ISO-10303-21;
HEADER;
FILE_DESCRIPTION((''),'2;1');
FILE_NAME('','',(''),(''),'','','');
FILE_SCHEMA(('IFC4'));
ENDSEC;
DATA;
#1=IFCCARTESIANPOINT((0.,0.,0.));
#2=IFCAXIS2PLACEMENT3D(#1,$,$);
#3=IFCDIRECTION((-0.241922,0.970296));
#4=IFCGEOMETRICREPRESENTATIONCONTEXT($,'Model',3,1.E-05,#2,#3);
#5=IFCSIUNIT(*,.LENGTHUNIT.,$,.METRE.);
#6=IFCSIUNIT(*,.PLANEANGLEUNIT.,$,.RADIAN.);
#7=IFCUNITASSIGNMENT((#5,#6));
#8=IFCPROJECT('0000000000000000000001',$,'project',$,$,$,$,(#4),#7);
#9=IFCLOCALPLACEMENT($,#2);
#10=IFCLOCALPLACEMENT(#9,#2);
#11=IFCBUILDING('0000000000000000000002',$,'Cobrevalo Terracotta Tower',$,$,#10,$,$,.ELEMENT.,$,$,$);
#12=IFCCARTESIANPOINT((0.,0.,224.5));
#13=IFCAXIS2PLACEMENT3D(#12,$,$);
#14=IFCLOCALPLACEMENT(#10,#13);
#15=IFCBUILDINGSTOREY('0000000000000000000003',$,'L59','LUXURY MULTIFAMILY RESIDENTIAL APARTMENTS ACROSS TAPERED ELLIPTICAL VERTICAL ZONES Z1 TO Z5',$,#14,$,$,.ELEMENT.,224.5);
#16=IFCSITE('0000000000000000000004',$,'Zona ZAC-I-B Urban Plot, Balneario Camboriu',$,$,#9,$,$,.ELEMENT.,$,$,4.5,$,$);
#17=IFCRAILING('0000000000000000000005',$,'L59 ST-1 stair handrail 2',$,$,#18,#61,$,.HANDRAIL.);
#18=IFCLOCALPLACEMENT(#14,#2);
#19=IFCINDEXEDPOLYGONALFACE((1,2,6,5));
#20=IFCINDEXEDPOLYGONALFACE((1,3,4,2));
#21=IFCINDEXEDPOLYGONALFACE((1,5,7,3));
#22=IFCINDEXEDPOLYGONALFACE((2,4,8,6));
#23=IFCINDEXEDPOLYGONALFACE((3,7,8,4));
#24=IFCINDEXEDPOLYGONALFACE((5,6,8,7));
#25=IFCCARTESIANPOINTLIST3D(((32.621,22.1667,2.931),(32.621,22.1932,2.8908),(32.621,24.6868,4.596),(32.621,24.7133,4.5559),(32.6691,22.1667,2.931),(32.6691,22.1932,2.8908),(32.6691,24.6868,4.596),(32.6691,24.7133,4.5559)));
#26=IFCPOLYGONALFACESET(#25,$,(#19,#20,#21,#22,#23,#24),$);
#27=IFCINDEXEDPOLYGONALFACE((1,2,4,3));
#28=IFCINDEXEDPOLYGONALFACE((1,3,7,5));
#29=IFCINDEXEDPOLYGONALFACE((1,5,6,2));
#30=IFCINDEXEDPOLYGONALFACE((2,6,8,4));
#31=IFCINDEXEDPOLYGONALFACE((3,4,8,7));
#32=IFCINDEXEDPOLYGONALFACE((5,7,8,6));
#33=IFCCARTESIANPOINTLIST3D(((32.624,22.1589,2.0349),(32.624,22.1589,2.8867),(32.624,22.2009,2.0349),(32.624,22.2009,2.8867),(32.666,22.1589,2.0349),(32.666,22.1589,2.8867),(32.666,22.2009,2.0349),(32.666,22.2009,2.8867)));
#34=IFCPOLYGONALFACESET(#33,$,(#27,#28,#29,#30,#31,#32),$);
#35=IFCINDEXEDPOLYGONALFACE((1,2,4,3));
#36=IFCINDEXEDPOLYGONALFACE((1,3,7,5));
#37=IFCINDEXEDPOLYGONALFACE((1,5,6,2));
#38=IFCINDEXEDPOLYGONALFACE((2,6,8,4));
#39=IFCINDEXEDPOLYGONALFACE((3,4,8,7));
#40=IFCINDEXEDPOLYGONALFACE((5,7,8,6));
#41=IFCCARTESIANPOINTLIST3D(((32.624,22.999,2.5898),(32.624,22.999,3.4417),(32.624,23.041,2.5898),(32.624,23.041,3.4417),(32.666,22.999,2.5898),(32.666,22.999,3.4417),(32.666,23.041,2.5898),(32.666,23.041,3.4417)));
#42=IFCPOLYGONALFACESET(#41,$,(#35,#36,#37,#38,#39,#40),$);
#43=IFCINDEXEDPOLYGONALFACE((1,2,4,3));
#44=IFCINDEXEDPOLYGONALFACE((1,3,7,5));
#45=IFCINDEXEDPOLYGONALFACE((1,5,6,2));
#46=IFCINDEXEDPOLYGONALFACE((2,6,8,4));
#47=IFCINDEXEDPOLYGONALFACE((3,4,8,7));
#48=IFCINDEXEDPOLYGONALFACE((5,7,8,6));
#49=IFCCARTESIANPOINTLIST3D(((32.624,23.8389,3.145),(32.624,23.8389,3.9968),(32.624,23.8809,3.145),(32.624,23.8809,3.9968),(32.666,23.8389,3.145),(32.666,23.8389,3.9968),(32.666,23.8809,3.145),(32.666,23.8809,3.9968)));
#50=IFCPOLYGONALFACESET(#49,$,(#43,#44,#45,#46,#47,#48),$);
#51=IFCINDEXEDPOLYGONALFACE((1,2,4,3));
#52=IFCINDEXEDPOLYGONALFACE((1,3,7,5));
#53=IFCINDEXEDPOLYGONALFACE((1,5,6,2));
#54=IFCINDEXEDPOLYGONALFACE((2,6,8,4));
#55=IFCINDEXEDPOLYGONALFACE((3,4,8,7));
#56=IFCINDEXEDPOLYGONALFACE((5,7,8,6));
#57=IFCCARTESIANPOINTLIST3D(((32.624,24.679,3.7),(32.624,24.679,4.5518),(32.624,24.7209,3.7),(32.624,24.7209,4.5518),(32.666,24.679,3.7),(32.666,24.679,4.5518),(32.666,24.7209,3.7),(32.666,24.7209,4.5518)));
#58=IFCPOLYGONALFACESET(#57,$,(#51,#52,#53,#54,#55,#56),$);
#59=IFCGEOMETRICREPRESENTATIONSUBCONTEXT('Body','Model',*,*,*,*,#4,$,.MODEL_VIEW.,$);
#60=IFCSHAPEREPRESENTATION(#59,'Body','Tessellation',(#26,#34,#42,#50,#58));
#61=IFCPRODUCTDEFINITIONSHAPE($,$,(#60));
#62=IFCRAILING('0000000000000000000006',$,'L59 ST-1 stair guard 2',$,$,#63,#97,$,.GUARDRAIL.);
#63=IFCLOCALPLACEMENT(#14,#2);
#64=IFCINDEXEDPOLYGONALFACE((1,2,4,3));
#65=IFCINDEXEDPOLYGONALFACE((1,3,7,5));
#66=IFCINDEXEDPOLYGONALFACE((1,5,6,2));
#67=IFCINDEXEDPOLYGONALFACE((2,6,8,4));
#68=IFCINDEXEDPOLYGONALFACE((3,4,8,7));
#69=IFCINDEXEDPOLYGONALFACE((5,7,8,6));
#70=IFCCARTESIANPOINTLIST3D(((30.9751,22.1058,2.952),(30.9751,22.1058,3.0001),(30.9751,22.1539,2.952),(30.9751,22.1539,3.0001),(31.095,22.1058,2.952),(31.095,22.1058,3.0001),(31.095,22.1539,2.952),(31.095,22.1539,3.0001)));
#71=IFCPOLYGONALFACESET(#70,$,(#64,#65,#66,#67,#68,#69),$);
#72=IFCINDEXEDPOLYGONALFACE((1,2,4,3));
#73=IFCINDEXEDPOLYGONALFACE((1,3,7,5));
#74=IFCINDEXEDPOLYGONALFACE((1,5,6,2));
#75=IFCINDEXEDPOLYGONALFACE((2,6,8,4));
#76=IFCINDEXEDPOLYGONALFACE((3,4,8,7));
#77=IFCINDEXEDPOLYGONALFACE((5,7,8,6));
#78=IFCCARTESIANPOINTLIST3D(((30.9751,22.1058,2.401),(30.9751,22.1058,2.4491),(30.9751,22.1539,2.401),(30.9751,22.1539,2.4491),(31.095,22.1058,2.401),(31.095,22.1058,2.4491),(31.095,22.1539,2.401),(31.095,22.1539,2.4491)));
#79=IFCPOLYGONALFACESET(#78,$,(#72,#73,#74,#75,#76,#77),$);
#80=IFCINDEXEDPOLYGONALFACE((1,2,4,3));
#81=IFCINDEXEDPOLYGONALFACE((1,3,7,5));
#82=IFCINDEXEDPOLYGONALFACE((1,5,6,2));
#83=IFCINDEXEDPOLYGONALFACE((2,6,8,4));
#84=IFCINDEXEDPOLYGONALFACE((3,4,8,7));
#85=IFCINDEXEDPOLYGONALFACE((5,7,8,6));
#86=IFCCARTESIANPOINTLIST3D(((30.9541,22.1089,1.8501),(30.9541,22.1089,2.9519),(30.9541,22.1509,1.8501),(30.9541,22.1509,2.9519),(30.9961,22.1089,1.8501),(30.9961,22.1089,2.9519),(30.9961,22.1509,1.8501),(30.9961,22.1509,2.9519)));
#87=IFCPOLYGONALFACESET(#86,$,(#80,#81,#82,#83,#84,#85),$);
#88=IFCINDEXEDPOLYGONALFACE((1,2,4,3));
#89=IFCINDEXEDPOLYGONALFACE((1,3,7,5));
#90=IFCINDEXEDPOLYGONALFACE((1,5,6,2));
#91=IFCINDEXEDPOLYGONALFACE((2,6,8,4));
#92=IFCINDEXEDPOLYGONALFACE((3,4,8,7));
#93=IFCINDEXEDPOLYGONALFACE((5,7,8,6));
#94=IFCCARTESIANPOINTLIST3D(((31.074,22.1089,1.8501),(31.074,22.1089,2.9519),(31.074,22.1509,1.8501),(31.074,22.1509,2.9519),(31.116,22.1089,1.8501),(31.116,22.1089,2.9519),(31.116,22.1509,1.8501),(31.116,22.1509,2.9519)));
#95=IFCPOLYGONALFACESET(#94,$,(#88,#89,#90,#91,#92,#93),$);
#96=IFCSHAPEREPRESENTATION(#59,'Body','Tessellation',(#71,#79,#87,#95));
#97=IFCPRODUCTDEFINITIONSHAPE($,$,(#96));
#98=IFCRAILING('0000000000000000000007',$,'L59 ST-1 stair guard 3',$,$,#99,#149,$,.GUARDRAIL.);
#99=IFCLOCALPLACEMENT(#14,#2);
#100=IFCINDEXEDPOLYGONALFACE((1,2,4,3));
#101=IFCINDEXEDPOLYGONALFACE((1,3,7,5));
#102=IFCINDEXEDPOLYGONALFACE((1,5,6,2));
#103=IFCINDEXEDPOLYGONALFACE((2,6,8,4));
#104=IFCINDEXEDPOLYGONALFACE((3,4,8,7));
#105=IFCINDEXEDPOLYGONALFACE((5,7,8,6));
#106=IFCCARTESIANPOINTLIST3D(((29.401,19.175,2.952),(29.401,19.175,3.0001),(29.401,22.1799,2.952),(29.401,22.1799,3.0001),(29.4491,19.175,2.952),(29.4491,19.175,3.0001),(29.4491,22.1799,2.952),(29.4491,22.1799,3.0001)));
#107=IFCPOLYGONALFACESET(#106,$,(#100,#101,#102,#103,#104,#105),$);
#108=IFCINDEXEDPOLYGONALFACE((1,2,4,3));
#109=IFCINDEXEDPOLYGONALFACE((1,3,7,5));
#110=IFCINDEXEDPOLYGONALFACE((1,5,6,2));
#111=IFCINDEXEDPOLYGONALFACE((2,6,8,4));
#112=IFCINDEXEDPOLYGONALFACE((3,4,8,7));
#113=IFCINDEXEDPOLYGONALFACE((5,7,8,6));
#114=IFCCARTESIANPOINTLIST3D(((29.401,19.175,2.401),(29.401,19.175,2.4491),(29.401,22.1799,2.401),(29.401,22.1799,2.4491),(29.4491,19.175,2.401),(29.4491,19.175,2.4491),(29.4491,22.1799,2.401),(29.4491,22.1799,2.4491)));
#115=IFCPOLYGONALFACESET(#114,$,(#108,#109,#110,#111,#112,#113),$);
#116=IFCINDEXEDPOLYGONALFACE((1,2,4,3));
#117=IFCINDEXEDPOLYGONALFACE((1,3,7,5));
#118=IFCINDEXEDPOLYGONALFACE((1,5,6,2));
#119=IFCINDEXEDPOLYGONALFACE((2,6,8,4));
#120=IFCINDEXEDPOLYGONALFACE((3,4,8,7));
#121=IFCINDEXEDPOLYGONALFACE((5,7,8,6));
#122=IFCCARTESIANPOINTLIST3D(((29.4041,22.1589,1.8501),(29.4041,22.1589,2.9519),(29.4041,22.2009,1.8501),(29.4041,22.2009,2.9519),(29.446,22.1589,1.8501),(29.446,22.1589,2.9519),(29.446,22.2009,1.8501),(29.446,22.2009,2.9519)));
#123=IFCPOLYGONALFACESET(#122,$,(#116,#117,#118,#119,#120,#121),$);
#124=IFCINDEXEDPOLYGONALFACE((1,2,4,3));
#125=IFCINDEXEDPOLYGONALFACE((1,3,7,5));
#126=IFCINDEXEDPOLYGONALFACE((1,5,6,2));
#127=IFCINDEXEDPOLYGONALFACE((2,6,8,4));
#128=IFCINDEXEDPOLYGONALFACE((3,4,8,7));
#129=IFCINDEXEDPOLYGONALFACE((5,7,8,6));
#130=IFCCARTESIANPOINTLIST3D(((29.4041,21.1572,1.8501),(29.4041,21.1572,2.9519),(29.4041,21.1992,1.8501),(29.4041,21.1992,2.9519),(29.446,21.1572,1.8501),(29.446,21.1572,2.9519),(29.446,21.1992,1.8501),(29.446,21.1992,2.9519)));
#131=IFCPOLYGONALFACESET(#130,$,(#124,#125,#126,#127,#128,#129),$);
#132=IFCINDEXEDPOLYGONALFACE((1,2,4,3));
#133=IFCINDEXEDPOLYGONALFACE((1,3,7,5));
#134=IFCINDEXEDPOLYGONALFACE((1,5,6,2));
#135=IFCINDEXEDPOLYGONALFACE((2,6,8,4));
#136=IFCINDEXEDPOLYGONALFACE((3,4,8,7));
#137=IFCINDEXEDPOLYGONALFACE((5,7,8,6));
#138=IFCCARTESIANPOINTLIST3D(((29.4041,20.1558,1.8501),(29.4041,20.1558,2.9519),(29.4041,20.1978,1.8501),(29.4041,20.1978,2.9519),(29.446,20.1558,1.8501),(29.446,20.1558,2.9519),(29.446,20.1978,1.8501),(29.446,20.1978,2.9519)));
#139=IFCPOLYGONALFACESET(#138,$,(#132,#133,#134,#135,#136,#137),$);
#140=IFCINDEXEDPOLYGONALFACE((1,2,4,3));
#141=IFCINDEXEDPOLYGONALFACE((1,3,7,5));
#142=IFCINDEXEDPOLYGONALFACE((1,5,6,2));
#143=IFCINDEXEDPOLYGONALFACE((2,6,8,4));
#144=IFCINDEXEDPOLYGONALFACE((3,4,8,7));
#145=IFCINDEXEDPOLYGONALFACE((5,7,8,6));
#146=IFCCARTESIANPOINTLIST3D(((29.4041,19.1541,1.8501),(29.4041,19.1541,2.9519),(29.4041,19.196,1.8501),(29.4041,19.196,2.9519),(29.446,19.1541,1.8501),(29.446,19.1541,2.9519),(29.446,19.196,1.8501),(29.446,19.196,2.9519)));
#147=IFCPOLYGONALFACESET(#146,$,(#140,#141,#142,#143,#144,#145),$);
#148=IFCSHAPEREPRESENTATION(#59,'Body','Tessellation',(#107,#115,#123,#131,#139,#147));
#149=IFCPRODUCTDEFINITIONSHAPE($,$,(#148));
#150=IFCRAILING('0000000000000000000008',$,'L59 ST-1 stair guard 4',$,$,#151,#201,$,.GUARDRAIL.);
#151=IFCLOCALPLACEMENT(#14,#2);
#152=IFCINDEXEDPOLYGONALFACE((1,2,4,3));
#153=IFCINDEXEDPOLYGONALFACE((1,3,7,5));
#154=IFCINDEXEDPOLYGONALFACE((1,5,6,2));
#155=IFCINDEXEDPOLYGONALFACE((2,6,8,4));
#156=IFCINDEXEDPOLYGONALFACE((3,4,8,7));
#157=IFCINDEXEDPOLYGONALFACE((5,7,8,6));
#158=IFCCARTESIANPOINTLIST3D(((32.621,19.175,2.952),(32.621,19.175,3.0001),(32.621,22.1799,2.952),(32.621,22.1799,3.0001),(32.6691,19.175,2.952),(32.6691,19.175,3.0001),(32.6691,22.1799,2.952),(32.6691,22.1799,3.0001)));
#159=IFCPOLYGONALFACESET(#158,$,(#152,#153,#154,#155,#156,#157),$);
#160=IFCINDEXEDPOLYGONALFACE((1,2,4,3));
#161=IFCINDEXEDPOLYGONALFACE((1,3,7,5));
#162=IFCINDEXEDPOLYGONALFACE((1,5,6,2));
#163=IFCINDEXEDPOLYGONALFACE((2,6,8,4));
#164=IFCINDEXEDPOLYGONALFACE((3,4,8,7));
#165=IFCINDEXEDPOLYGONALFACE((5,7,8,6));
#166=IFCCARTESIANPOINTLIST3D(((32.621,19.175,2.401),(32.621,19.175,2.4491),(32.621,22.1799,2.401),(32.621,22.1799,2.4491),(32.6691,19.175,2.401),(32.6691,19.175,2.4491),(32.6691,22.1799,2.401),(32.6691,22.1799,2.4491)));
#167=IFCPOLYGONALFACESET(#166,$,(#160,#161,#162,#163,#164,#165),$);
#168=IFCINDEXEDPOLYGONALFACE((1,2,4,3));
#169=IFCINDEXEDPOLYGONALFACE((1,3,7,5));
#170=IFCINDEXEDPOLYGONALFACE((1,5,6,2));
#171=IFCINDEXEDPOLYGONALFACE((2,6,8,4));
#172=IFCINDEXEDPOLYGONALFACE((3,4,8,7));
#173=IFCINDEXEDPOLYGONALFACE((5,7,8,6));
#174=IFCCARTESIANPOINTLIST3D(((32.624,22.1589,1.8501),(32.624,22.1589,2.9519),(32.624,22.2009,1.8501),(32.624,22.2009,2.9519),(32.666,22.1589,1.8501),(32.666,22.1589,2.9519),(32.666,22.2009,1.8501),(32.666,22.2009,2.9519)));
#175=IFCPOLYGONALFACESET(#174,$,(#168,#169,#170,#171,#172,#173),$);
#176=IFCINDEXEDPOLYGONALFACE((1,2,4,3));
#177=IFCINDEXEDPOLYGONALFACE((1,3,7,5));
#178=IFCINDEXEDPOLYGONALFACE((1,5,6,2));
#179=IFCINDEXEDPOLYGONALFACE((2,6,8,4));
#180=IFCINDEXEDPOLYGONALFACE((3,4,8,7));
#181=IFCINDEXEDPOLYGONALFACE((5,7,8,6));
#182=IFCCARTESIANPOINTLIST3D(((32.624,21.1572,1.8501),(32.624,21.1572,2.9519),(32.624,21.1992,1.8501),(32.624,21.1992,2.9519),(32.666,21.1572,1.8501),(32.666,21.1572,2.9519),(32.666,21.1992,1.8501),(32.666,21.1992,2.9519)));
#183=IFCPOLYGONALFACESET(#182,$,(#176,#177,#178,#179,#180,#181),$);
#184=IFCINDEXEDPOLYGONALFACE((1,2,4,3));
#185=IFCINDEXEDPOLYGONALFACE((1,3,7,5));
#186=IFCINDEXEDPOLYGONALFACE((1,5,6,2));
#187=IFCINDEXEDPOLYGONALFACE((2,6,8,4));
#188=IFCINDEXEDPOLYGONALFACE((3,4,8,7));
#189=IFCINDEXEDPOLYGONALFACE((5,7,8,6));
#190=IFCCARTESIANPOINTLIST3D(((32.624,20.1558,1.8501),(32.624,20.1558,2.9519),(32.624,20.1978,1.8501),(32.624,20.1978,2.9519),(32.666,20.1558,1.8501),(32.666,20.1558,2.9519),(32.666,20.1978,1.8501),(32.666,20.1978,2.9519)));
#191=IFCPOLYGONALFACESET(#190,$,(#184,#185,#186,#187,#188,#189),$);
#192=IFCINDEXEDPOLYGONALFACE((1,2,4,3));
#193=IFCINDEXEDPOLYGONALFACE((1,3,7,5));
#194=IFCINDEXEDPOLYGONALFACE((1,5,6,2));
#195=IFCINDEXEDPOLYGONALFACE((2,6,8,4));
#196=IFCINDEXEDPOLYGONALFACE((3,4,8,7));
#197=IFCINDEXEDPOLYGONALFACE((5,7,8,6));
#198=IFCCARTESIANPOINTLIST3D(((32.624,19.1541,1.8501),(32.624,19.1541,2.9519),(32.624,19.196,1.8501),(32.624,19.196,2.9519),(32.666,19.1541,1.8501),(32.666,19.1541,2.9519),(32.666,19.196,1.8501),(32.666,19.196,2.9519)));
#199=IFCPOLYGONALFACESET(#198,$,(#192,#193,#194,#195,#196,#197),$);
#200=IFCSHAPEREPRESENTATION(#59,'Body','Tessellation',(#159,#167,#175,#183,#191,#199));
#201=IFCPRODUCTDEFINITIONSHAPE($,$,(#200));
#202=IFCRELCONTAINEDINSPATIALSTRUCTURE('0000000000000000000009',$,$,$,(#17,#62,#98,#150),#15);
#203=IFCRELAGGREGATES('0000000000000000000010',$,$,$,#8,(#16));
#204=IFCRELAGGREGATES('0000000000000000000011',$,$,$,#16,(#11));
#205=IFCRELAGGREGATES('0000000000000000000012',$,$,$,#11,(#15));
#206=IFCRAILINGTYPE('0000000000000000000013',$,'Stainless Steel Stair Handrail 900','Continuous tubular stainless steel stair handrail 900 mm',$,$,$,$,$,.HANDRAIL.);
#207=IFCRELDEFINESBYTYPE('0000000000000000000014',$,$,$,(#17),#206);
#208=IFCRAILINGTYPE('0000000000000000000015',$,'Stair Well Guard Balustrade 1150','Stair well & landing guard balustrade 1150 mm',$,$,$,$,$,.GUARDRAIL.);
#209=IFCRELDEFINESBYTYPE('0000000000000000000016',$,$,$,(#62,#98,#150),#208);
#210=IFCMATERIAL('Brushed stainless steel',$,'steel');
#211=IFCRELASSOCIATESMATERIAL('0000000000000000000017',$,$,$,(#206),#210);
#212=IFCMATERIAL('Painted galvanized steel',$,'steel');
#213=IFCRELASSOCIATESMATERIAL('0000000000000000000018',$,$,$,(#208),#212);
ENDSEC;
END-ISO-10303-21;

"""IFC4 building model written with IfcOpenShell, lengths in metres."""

from ifc_helpers import new_model, si_unit, direction, frame, origin, origin_2d, place, context, subcontext, project, spatial, rectangle, extrude, material, type_object, element, save


model = new_model("IFC4")

# Units and contexts
model_context = context("Model", 3, precision=1e-05, world=origin(), true_north=direction((-0.241922, 0.970296)))
body_context = subcontext(model_context, "Body", "Model", "MODEL_VIEW")
ifc_project = project(units=[si_unit("LENGTHUNIT", "METRE"), si_unit("PLANEANGLEUNIT", "RADIAN")], contexts=[model_context])

# Site, building, storey
site_placement = place(None, origin())
site = spatial("IfcSite", under=ifc_project, at=site_placement, Name="Zona ZAC-I-B Urban Plot, Balneario Camboriu", CompositionType="ELEMENT", RefElevation=4.5)
building_placement = place(site_placement, origin())
building = spatial("IfcBuilding", under=site, at=building_placement, Name="Cobrevalo Terracotta Tower", CompositionType="ELEMENT")
storey_placement = place(building_placement, frame((0.0, 0.0, 224.5)))
storey = spatial("IfcBuildingStorey", under=building, at=storey_placement, Name="L59", Description="LUXURY MULTIFAMILY RESIDENTIAL APARTMENTS ACROSS TAPERED ELLIPTICAL VERTICAL ZONES Z1 TO Z5", CompositionType="ELEMENT", Elevation=224.5)

# Railings
ifc_material_1 = material(Name="Brushed stainless steel", Category="steel")
railing_type_1 = type_object("IfcRailingType", Name="Stainless Steel Stair Handrail 900", Description="Continuous tubular stainless steel stair handrail 900 mm", PredefinedType="HANDRAIL", material=ifc_material_1)
railing_1_placement = place(storey_placement, frame((32.645, 22.1799, 2.0349)))
element("IfcRailing", 1, at=railing_1_placement, inside=storey, type_object=railing_type_1, Name="L59 ST-1 stair handrail 2", PredefinedType="HANDRAIL", context=body_context, shape_type="SweptSolid", body=[
    extrude(rectangle(XDim=0.0481, YDim=0.0481, at=origin_2d()), frame((0.0, 0.0, 0.876), z_axis=(0.0, 0.834331, 0.551263), x_axis=(-1.0, 0.0, 0.0)), (0.0, 0.0, 1.0), 3.0205),
    extrude(rectangle(XDim=0.042, YDim=0.042, at=origin_2d()), origin(), (0.0, 0.0, 1.0), 0.8518),
    extrude(rectangle(XDim=0.042, YDim=0.042, at=origin_2d()), frame((0.0, 0.8401, 0.5549)), (0.0, 0.0, 1.0), 0.8518),
    extrude(rectangle(XDim=0.042, YDim=0.042, at=origin_2d()), frame((0.0, 1.6799, 1.1101)), (0.0, 0.0, 1.0), 0.8518),
    extrude(rectangle(XDim=0.042, YDim=0.042, at=origin_2d()), frame((0.0, 2.52, 1.665)), (0.0, 0.0, 1.0), 0.8518),
])
ifc_material_2 = material(Name="Painted galvanized steel", Category="steel")
railing_type_2 = type_object("IfcRailingType", Name="Stair Well Guard Balustrade 1150", Description="Stair well & landing guard balustrade 1150 mm", PredefinedType="GUARDRAIL", material=ifc_material_2)
railing_2_placement = place(storey_placement, frame((30.9751, 22.1299, 1.8501)))
element("IfcRailing", 2, at=railing_2_placement, inside=storey, type_object=railing_type_2, Name="L59 ST-1 stair guard 2", PredefinedType="GUARDRAIL", context=body_context, shape_type="SweptSolid", body=[
    extrude(rectangle(XDim=0.0481, YDim=0.0481, at=origin_2d()), frame((0.0, 0.0, 1.126), z_axis=(1.0, 0.0, 0.0), x_axis=(0.0, 1.0, 0.0)), (0.0, 0.0, 1.0), 0.1199),
    extrude(rectangle(XDim=0.0481, YDim=0.0481, at=origin_2d()), frame((0.0, 0.0, 0.575), z_axis=(1.0, 0.0, 0.0), x_axis=(0.0, 1.0, 0.0)), (0.0, 0.0, 1.0), 0.1199),
    extrude(rectangle(XDim=0.042, YDim=0.042, at=origin_2d()), origin(), (0.0, 0.0, 1.0), 1.1018),
    extrude(rectangle(XDim=0.042, YDim=0.042, at=origin_2d()), frame((0.1199, 0.0, 0.0)), (0.0, 0.0, 1.0), 1.1018),
])
for number, where, name in (
    (3, (29.425, 22.1799, 1.8501), "L59 ST-1 stair guard 3"),
    (4, (32.645, 22.1799, 1.8501), "L59 ST-1 stair guard 4"),
):
    element("IfcRailing", number, at=place(storey_placement, frame(where)), inside=storey, type_object=railing_type_2, Name=name, PredefinedType="GUARDRAIL", context=body_context, shape_type="SweptSolid", body=[
        extrude(rectangle(XDim=0.0481, YDim=0.0481, at=origin_2d()), frame((0.0, 0.0, 1.126), z_axis=(0.0, -1.0, 0.0), x_axis=(1.0, 0.0, 0.0)), (0.0, 0.0, 1.0), 3.0049),
        extrude(rectangle(XDim=0.0481, YDim=0.0481, at=origin_2d()), frame((0.0, 0.0, 0.575), z_axis=(0.0, -1.0, 0.0), x_axis=(1.0, 0.0, 0.0)), (0.0, 0.0, 1.0), 3.0049),
        extrude(rectangle(XDim=0.042, YDim=0.042, at=origin_2d()), origin(), (0.0, 0.0, 1.0), 1.1018),
        extrude(rectangle(XDim=0.042, YDim=0.042, at=origin_2d()), frame((0.0, -1.0017, 0.0)), (0.0, 0.0, 1.0), 1.1018),
        extrude(rectangle(XDim=0.042, YDim=0.042, at=origin_2d()), frame((0.0, -2.0032, 0.0)), (0.0, 0.0, 1.0), 1.1018),
        extrude(rectangle(XDim=0.042, YDim=0.042, at=origin_2d()), frame((0.0, -3.0049, 0.0)), (0.0, 0.0, 1.0), 1.1018),
    ])

save(model, "model.ifc")
